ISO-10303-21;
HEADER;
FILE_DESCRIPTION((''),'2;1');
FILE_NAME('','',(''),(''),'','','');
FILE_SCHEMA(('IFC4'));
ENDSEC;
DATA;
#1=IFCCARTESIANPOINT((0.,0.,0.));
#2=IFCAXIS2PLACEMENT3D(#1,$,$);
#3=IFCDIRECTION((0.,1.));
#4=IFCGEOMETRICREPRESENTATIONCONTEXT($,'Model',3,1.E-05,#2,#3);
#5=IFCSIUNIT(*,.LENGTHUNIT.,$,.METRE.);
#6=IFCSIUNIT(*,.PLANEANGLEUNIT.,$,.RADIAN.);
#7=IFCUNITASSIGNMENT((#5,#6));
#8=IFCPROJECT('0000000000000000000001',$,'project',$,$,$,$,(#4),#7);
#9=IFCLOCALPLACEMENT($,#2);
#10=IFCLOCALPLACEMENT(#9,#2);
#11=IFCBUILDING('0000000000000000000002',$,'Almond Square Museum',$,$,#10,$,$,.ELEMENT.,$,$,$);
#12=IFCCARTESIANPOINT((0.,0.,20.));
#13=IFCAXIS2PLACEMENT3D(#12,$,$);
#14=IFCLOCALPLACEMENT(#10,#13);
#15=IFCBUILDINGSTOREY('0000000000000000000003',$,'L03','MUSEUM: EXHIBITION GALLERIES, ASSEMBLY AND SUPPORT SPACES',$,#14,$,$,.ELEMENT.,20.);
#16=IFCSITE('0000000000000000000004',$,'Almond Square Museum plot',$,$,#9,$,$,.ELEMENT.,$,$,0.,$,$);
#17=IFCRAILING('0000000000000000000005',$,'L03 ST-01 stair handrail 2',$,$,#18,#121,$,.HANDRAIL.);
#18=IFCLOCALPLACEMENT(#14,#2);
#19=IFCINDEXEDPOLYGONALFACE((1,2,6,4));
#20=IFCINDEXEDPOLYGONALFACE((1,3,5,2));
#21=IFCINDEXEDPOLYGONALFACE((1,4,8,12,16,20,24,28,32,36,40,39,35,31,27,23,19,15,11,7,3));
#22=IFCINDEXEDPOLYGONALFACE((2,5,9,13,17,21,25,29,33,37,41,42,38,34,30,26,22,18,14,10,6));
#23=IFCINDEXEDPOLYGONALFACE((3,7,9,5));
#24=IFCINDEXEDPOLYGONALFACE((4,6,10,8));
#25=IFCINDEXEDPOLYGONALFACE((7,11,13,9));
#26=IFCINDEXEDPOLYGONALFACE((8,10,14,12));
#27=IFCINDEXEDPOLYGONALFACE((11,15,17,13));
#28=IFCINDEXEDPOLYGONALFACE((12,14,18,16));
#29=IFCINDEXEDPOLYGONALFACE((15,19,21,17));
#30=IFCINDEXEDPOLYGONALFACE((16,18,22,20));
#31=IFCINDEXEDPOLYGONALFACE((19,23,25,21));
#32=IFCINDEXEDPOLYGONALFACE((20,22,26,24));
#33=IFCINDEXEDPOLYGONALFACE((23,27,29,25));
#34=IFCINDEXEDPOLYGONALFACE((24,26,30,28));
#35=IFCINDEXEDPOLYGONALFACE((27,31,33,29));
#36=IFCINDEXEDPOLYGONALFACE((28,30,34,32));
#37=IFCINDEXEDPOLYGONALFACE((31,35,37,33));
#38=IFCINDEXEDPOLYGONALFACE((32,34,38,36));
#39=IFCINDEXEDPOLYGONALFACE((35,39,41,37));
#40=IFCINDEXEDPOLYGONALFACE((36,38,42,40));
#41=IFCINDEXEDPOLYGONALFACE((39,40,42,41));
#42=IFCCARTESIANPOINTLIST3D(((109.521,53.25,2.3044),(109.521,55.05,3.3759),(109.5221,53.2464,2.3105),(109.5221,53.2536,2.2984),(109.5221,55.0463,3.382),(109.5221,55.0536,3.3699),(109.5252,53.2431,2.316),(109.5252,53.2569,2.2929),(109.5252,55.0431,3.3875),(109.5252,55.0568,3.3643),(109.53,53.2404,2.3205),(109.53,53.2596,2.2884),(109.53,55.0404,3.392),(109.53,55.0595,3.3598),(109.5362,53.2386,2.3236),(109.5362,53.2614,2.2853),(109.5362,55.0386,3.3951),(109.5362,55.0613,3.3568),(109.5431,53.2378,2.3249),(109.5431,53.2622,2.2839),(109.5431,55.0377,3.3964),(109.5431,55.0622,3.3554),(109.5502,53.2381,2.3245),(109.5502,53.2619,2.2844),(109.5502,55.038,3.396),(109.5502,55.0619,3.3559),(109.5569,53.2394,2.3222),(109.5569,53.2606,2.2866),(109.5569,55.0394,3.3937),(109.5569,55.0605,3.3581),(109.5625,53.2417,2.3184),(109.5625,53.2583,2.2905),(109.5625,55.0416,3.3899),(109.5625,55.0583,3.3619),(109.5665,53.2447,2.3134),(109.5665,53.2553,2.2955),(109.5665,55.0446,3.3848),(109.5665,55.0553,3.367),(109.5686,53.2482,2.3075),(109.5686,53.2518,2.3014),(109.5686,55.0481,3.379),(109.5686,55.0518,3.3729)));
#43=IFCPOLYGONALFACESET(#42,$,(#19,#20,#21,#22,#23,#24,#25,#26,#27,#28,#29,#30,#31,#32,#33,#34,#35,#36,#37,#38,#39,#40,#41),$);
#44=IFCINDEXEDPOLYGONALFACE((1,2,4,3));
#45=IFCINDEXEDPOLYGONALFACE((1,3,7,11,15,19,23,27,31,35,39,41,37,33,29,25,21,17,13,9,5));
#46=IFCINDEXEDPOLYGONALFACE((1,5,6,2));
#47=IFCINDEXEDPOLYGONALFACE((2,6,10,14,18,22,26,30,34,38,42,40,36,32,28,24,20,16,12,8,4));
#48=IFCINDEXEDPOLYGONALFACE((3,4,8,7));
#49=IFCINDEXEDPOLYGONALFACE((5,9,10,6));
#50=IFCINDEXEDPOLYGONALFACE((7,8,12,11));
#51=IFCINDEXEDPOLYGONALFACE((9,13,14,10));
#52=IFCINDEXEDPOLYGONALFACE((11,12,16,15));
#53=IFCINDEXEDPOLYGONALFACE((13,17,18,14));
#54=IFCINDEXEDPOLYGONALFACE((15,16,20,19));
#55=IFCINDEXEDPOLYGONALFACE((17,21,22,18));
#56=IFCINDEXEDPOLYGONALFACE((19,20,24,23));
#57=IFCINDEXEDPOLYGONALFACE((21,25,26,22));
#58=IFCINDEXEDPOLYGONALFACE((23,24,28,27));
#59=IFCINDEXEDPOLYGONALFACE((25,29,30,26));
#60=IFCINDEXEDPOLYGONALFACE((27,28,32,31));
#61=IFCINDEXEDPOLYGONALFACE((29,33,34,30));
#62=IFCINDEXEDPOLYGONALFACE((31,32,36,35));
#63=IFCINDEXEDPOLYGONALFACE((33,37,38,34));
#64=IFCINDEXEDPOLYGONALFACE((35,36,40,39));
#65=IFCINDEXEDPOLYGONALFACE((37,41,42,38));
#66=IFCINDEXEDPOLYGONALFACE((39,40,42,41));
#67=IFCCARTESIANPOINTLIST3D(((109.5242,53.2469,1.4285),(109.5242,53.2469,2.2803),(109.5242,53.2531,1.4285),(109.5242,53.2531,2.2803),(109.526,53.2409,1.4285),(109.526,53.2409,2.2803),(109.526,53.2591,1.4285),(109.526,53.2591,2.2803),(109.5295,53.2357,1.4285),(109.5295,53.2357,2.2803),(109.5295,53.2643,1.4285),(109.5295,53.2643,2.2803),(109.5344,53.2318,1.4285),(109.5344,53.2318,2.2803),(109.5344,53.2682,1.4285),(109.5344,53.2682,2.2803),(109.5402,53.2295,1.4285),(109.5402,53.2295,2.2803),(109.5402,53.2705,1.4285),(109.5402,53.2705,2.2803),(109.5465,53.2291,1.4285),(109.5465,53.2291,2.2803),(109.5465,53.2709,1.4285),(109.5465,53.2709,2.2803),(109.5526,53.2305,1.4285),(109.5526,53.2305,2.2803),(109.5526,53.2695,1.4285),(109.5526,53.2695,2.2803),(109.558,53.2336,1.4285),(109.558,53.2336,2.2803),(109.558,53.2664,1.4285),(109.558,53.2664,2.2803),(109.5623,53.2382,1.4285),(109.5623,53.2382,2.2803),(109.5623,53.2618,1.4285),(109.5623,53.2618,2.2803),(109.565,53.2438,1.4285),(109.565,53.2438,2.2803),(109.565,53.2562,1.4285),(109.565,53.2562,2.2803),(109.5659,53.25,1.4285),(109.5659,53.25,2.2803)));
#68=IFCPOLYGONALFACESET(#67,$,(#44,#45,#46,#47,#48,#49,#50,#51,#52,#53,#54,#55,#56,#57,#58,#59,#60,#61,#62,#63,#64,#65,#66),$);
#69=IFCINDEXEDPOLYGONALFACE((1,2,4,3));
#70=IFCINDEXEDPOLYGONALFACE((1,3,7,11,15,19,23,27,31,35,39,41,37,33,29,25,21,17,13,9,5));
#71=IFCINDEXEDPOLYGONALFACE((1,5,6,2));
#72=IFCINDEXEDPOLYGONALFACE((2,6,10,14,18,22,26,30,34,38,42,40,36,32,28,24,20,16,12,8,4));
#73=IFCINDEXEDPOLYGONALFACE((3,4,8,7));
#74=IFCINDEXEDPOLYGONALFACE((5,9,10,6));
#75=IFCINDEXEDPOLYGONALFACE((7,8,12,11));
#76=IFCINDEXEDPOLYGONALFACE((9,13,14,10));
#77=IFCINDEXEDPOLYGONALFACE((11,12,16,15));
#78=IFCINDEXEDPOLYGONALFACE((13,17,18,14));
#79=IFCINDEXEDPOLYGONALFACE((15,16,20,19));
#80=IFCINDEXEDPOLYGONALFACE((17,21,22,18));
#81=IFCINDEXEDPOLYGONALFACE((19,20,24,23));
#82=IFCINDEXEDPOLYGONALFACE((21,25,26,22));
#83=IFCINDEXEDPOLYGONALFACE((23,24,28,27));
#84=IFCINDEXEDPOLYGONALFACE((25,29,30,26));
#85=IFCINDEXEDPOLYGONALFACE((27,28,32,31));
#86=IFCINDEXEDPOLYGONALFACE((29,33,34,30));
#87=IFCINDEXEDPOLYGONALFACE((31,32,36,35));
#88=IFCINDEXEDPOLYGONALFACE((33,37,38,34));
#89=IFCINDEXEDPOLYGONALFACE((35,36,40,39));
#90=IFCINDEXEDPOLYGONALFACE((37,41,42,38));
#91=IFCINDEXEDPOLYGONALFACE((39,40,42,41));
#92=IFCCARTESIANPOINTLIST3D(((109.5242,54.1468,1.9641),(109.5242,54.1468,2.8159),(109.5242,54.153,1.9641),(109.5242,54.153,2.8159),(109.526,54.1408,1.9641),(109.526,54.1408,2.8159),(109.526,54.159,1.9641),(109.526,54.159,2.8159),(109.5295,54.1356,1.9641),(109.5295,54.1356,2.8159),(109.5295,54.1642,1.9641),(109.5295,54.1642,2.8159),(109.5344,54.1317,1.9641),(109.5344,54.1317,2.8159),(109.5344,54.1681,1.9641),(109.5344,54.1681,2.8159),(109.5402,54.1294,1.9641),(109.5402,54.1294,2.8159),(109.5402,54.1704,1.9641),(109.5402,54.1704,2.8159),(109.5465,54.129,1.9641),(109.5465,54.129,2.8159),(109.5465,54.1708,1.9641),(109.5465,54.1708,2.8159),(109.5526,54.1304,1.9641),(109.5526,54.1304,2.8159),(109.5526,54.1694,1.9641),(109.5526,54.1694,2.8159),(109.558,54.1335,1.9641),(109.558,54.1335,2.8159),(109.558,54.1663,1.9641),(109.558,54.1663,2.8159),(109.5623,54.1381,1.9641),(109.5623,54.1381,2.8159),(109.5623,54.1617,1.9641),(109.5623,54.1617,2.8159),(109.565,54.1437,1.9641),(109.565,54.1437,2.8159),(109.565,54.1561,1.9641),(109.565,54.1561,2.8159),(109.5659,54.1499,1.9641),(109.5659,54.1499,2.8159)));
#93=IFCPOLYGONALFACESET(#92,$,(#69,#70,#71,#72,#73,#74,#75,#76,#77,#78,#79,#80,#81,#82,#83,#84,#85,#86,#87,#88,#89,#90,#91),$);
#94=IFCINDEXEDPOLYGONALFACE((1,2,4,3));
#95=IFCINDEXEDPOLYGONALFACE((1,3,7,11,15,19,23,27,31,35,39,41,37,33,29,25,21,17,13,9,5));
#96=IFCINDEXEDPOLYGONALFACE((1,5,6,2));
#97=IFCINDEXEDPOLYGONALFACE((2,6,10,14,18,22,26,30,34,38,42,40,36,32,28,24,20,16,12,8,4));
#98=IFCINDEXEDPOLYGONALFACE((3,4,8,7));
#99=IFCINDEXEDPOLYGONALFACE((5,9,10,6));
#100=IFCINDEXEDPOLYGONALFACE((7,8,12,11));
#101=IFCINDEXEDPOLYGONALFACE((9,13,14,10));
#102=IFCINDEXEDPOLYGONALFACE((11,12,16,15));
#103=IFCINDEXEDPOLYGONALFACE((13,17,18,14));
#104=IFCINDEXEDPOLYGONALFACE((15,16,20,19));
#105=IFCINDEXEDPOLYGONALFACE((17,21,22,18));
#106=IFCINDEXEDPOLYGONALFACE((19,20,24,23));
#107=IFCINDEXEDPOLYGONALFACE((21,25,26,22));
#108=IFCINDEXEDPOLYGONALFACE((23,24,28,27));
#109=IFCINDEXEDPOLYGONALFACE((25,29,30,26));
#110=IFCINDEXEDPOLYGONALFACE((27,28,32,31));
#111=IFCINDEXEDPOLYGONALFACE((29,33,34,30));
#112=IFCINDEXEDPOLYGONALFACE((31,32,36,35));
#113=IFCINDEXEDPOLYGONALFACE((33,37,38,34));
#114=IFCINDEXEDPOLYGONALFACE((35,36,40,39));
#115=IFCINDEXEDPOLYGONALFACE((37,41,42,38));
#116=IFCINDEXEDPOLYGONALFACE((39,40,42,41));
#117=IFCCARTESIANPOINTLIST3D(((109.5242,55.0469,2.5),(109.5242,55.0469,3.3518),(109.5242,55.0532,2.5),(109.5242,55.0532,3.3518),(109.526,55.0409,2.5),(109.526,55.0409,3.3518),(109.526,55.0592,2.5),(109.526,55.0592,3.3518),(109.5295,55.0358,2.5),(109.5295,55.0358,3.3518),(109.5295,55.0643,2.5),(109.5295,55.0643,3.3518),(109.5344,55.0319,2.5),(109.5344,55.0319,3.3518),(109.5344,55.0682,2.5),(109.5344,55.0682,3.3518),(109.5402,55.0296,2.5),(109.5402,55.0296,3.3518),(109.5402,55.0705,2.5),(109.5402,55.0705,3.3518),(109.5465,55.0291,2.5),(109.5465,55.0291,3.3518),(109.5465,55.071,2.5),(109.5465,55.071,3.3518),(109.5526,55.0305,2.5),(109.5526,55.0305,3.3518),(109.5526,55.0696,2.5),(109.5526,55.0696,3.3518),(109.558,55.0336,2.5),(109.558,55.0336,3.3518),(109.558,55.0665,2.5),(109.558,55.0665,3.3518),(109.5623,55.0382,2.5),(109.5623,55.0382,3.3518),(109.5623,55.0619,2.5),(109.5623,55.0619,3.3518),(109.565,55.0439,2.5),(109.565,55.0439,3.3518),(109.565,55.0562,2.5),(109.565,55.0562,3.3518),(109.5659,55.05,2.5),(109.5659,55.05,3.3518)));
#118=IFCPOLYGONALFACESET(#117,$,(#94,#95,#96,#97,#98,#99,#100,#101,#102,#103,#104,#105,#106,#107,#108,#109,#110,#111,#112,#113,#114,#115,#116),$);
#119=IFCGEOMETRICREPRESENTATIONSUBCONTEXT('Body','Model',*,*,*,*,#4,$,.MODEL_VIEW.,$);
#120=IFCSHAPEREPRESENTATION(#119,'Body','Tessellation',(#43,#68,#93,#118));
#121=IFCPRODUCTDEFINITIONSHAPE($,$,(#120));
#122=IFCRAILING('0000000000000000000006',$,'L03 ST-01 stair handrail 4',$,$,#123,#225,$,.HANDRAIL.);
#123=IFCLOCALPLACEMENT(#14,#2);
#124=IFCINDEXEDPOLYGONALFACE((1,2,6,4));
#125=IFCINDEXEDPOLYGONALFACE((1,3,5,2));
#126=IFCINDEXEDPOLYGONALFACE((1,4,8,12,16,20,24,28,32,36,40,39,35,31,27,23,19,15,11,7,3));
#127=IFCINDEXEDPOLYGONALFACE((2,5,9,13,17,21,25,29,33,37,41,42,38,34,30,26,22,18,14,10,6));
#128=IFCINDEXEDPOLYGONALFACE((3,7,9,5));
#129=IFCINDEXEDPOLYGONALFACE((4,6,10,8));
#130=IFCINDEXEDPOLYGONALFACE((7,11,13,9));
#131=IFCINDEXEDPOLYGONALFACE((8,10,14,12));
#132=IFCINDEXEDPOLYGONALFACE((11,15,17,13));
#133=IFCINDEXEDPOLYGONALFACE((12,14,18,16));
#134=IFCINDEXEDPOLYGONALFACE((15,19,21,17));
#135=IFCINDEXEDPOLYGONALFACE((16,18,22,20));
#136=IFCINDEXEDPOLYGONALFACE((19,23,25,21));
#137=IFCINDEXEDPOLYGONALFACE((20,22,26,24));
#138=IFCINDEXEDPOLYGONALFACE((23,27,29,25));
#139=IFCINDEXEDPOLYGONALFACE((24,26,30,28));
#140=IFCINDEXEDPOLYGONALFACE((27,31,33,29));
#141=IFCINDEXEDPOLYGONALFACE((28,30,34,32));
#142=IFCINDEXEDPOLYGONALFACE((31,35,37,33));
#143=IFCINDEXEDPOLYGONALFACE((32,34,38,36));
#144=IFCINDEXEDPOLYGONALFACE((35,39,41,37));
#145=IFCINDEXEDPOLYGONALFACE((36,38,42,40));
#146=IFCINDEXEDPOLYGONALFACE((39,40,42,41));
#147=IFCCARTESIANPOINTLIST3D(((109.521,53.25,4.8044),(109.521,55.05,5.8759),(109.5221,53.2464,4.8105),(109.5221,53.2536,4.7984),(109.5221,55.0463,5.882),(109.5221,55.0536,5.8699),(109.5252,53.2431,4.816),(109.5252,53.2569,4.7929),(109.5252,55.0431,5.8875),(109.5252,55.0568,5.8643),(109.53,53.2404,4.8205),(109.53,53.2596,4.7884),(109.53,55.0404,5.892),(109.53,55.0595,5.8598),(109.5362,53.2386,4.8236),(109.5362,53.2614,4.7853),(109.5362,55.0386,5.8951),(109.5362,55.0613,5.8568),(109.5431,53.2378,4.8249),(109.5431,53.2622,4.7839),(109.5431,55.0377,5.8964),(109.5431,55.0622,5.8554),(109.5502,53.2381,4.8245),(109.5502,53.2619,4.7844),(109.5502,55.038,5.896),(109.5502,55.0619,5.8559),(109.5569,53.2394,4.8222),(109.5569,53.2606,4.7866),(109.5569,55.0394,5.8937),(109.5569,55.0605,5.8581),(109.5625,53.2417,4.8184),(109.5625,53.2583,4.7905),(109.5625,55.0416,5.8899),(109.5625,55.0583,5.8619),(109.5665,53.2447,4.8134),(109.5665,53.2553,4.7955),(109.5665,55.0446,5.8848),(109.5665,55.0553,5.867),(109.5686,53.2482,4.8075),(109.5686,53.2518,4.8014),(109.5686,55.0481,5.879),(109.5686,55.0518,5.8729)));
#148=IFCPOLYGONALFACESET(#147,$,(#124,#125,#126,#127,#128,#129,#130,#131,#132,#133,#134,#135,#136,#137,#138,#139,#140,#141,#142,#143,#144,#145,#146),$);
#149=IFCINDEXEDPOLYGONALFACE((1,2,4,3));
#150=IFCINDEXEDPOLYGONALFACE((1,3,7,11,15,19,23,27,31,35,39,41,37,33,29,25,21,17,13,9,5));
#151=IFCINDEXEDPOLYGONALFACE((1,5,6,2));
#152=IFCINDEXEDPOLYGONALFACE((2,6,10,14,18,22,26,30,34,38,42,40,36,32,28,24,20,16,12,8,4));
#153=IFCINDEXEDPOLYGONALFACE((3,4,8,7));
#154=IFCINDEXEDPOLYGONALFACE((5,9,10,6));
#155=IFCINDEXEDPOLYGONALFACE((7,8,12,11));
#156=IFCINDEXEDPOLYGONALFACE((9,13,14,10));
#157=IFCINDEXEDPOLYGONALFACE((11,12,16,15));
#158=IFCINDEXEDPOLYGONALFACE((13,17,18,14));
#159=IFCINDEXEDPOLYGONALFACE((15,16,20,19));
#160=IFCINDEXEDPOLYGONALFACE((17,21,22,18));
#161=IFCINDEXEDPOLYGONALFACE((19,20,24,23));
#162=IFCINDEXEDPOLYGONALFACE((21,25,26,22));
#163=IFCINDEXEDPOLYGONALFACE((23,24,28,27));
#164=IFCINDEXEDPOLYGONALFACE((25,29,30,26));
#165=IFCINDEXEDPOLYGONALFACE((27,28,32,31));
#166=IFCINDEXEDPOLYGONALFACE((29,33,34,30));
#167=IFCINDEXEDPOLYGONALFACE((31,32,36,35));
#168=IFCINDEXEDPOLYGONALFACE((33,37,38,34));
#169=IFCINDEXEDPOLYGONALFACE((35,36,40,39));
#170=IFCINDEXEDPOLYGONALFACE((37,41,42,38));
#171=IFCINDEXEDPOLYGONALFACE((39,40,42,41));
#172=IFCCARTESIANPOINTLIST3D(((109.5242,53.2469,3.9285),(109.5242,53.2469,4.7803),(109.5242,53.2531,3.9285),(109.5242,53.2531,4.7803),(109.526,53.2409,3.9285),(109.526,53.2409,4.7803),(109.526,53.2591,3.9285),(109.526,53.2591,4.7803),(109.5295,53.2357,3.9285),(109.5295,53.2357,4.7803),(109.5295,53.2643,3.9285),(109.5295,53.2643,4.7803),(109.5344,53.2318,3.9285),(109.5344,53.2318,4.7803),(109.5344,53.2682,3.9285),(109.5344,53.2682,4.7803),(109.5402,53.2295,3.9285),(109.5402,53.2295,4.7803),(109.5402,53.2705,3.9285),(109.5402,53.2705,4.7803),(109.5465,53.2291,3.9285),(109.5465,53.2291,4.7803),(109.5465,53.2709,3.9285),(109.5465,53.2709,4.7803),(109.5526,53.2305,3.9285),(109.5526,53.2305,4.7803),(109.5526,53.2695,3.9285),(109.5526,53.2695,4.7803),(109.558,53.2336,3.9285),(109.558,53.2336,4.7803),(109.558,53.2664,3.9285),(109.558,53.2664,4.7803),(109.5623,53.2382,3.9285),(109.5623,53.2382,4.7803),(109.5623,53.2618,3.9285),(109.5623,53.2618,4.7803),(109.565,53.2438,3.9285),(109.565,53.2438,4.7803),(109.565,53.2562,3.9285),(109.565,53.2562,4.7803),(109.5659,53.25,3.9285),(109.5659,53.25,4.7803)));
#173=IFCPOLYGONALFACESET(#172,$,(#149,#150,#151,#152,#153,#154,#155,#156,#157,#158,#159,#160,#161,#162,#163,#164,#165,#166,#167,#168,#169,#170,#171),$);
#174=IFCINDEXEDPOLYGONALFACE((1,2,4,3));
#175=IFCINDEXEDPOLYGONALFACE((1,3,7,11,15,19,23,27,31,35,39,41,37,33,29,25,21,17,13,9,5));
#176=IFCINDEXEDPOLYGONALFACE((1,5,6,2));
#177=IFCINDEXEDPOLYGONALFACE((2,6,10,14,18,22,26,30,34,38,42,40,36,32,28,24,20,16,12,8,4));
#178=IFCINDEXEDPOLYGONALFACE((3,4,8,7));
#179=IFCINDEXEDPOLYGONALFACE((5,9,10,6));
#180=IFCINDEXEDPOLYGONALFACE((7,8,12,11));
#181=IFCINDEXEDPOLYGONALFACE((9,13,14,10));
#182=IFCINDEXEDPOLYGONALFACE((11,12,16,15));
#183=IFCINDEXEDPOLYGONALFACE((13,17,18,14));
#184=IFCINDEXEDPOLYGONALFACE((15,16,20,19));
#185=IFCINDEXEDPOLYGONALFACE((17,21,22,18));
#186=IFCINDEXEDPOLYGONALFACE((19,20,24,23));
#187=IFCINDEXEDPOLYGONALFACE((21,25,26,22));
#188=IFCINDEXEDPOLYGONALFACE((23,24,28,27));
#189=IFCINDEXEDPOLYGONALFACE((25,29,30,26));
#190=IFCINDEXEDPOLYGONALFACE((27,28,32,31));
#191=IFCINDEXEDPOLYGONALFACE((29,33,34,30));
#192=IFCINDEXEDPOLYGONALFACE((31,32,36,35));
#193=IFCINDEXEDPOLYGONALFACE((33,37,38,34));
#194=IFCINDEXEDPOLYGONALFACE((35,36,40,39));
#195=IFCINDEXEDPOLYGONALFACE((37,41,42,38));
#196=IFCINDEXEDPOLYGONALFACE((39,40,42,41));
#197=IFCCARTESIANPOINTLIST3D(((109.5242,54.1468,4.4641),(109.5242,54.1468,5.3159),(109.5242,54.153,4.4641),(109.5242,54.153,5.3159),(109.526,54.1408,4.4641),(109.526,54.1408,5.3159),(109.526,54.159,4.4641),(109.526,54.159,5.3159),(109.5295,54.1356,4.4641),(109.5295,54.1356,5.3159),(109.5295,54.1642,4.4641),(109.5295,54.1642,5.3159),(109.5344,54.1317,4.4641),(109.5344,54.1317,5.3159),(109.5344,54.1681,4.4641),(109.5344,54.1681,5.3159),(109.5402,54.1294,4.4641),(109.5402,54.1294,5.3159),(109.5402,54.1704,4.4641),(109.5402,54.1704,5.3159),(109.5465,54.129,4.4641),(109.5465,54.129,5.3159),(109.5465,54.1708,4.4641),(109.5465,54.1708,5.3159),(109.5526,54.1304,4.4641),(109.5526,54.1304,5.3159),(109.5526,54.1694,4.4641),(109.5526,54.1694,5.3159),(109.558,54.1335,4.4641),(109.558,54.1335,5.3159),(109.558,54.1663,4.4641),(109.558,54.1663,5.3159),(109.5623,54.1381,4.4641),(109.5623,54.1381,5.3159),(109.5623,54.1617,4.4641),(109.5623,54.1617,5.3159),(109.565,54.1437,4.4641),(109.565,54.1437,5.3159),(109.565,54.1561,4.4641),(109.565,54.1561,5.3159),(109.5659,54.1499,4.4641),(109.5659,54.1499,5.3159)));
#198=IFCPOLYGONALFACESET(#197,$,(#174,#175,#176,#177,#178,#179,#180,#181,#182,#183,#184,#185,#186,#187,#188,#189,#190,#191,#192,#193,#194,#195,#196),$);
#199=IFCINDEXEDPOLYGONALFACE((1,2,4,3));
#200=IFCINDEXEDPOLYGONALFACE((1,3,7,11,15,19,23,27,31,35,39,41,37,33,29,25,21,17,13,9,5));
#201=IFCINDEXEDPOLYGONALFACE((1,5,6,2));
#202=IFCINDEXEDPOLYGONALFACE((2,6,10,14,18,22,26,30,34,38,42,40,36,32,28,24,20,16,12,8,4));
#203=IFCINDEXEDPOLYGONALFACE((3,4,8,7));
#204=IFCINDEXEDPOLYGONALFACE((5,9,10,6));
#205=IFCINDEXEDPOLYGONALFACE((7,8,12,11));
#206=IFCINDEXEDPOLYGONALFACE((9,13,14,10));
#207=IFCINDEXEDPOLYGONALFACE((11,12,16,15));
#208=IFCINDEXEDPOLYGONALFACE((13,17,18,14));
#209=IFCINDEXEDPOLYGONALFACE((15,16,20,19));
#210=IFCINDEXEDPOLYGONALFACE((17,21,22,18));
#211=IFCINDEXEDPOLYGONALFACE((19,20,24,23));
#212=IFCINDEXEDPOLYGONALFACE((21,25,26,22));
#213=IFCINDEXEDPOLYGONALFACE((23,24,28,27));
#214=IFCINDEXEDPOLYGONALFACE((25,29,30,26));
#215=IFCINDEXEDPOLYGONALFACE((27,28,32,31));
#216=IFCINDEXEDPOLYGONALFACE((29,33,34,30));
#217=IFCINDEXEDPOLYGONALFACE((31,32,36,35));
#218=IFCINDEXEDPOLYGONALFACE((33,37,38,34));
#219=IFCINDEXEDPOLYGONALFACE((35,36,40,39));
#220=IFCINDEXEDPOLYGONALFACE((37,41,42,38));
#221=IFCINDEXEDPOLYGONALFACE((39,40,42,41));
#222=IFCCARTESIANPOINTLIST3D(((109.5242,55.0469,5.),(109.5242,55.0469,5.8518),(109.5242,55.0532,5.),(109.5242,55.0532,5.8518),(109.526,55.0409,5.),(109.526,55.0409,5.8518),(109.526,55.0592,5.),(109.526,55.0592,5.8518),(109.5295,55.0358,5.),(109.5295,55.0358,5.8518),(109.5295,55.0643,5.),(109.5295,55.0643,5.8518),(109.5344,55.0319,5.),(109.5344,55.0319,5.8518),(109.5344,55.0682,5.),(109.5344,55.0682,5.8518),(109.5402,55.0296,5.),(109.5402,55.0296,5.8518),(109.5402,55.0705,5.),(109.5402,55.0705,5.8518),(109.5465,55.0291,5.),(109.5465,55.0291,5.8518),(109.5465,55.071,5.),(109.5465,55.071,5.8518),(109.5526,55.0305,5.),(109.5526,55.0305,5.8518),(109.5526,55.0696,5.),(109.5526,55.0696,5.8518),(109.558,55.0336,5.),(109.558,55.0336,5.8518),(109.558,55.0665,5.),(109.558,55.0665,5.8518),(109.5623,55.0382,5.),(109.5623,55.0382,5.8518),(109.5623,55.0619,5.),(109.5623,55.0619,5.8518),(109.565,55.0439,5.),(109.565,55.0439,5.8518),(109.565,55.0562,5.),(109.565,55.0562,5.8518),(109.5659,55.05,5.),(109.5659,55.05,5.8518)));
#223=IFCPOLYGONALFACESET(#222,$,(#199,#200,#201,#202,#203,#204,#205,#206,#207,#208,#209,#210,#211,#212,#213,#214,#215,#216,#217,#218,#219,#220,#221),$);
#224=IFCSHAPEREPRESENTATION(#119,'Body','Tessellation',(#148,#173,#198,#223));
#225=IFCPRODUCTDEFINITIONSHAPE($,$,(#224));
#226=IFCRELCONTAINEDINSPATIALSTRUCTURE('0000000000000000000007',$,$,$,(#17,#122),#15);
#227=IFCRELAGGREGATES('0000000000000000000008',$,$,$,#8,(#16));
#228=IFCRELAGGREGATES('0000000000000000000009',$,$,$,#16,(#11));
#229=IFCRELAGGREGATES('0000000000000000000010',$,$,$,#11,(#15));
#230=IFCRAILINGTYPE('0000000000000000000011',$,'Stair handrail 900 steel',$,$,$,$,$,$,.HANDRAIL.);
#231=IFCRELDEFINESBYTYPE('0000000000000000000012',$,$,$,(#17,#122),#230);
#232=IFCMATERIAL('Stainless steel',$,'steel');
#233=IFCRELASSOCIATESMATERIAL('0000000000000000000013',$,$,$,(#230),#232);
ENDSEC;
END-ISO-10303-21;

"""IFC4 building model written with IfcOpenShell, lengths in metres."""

from ifc_helpers import new_model, si_unit, direction, frame, origin, origin_2d, place, context, subcontext, project, spatial, circle, extrude, material, type_object, element, save


model = new_model("IFC4")

# Units and contexts
model_context = context("Model", 3, precision=1e-05, world=origin(), true_north=direction((0.0, 1.0)))
body_context = subcontext(model_context, "Body", "Model", "MODEL_VIEW")
ifc_project = project(units=[si_unit("LENGTHUNIT", "METRE"), si_unit("PLANEANGLEUNIT", "RADIAN")], contexts=[model_context])

# Site, building, storey
site_placement = place(None, origin())
site = spatial("IfcSite", under=ifc_project, at=site_placement, Name="Almond Square Museum plot", CompositionType="ELEMENT", RefElevation=0.0)
building_placement = place(site_placement, origin())
building = spatial("IfcBuilding", under=site, at=building_placement, Name="Almond Square Museum", CompositionType="ELEMENT")
storey_placement = place(building_placement, frame((0.0, 0.0, 20.0)))
storey = spatial("IfcBuildingStorey", under=building, at=storey_placement, Name="L03", Description="MUSEUM: EXHIBITION GALLERIES, ASSEMBLY AND SUPPORT SPACES", CompositionType="ELEMENT", Elevation=20.0)

# Railings
ifc_material_1 = material(Name="Stainless steel", Category="steel")
railing_type_1 = type_object("IfcRailingType", Name="Stair handrail 900 steel", PredefinedType="HANDRAIL", material=ifc_material_1)
for number, where, name in (
    (1, (109.5449, 53.25, 1.4285), "L03 ST-01 stair handrail 2"),
    (2, (109.5449, 53.25, 3.9285), "L03 ST-01 stair handrail 4"),
):
    element("IfcRailing", number, at=place(storey_placement, frame(where)), inside=storey, type_object=railing_type_1, Name=name, PredefinedType="HANDRAIL", context=body_context, shape_type="SweptSolid", body=[
        extrude(circle(Radius=0.0239, at=origin_2d()), frame((0.0, 0.0, 0.876), z_axis=(0.0, 0.859277, 0.51151), x_axis=(-1.0, 0.0, 0.0)), (0.0, 0.0, 1.0), 2.0947),
        extrude(circle(Radius=0.021, at=origin_2d()), origin(), (0.0, 0.0, 1.0), 0.8518),
        extrude(circle(Radius=0.021, at=origin_2d()), frame((0.0, 0.8999, 0.5356)), (0.0, 0.0, 1.0), 0.8518),
        extrude(circle(Radius=0.021, at=origin_2d()), frame((0.0, 1.8, 1.0715)), (0.0, 0.0, 1.0), 0.8518),
    ])

save(model, "model.ifc")
